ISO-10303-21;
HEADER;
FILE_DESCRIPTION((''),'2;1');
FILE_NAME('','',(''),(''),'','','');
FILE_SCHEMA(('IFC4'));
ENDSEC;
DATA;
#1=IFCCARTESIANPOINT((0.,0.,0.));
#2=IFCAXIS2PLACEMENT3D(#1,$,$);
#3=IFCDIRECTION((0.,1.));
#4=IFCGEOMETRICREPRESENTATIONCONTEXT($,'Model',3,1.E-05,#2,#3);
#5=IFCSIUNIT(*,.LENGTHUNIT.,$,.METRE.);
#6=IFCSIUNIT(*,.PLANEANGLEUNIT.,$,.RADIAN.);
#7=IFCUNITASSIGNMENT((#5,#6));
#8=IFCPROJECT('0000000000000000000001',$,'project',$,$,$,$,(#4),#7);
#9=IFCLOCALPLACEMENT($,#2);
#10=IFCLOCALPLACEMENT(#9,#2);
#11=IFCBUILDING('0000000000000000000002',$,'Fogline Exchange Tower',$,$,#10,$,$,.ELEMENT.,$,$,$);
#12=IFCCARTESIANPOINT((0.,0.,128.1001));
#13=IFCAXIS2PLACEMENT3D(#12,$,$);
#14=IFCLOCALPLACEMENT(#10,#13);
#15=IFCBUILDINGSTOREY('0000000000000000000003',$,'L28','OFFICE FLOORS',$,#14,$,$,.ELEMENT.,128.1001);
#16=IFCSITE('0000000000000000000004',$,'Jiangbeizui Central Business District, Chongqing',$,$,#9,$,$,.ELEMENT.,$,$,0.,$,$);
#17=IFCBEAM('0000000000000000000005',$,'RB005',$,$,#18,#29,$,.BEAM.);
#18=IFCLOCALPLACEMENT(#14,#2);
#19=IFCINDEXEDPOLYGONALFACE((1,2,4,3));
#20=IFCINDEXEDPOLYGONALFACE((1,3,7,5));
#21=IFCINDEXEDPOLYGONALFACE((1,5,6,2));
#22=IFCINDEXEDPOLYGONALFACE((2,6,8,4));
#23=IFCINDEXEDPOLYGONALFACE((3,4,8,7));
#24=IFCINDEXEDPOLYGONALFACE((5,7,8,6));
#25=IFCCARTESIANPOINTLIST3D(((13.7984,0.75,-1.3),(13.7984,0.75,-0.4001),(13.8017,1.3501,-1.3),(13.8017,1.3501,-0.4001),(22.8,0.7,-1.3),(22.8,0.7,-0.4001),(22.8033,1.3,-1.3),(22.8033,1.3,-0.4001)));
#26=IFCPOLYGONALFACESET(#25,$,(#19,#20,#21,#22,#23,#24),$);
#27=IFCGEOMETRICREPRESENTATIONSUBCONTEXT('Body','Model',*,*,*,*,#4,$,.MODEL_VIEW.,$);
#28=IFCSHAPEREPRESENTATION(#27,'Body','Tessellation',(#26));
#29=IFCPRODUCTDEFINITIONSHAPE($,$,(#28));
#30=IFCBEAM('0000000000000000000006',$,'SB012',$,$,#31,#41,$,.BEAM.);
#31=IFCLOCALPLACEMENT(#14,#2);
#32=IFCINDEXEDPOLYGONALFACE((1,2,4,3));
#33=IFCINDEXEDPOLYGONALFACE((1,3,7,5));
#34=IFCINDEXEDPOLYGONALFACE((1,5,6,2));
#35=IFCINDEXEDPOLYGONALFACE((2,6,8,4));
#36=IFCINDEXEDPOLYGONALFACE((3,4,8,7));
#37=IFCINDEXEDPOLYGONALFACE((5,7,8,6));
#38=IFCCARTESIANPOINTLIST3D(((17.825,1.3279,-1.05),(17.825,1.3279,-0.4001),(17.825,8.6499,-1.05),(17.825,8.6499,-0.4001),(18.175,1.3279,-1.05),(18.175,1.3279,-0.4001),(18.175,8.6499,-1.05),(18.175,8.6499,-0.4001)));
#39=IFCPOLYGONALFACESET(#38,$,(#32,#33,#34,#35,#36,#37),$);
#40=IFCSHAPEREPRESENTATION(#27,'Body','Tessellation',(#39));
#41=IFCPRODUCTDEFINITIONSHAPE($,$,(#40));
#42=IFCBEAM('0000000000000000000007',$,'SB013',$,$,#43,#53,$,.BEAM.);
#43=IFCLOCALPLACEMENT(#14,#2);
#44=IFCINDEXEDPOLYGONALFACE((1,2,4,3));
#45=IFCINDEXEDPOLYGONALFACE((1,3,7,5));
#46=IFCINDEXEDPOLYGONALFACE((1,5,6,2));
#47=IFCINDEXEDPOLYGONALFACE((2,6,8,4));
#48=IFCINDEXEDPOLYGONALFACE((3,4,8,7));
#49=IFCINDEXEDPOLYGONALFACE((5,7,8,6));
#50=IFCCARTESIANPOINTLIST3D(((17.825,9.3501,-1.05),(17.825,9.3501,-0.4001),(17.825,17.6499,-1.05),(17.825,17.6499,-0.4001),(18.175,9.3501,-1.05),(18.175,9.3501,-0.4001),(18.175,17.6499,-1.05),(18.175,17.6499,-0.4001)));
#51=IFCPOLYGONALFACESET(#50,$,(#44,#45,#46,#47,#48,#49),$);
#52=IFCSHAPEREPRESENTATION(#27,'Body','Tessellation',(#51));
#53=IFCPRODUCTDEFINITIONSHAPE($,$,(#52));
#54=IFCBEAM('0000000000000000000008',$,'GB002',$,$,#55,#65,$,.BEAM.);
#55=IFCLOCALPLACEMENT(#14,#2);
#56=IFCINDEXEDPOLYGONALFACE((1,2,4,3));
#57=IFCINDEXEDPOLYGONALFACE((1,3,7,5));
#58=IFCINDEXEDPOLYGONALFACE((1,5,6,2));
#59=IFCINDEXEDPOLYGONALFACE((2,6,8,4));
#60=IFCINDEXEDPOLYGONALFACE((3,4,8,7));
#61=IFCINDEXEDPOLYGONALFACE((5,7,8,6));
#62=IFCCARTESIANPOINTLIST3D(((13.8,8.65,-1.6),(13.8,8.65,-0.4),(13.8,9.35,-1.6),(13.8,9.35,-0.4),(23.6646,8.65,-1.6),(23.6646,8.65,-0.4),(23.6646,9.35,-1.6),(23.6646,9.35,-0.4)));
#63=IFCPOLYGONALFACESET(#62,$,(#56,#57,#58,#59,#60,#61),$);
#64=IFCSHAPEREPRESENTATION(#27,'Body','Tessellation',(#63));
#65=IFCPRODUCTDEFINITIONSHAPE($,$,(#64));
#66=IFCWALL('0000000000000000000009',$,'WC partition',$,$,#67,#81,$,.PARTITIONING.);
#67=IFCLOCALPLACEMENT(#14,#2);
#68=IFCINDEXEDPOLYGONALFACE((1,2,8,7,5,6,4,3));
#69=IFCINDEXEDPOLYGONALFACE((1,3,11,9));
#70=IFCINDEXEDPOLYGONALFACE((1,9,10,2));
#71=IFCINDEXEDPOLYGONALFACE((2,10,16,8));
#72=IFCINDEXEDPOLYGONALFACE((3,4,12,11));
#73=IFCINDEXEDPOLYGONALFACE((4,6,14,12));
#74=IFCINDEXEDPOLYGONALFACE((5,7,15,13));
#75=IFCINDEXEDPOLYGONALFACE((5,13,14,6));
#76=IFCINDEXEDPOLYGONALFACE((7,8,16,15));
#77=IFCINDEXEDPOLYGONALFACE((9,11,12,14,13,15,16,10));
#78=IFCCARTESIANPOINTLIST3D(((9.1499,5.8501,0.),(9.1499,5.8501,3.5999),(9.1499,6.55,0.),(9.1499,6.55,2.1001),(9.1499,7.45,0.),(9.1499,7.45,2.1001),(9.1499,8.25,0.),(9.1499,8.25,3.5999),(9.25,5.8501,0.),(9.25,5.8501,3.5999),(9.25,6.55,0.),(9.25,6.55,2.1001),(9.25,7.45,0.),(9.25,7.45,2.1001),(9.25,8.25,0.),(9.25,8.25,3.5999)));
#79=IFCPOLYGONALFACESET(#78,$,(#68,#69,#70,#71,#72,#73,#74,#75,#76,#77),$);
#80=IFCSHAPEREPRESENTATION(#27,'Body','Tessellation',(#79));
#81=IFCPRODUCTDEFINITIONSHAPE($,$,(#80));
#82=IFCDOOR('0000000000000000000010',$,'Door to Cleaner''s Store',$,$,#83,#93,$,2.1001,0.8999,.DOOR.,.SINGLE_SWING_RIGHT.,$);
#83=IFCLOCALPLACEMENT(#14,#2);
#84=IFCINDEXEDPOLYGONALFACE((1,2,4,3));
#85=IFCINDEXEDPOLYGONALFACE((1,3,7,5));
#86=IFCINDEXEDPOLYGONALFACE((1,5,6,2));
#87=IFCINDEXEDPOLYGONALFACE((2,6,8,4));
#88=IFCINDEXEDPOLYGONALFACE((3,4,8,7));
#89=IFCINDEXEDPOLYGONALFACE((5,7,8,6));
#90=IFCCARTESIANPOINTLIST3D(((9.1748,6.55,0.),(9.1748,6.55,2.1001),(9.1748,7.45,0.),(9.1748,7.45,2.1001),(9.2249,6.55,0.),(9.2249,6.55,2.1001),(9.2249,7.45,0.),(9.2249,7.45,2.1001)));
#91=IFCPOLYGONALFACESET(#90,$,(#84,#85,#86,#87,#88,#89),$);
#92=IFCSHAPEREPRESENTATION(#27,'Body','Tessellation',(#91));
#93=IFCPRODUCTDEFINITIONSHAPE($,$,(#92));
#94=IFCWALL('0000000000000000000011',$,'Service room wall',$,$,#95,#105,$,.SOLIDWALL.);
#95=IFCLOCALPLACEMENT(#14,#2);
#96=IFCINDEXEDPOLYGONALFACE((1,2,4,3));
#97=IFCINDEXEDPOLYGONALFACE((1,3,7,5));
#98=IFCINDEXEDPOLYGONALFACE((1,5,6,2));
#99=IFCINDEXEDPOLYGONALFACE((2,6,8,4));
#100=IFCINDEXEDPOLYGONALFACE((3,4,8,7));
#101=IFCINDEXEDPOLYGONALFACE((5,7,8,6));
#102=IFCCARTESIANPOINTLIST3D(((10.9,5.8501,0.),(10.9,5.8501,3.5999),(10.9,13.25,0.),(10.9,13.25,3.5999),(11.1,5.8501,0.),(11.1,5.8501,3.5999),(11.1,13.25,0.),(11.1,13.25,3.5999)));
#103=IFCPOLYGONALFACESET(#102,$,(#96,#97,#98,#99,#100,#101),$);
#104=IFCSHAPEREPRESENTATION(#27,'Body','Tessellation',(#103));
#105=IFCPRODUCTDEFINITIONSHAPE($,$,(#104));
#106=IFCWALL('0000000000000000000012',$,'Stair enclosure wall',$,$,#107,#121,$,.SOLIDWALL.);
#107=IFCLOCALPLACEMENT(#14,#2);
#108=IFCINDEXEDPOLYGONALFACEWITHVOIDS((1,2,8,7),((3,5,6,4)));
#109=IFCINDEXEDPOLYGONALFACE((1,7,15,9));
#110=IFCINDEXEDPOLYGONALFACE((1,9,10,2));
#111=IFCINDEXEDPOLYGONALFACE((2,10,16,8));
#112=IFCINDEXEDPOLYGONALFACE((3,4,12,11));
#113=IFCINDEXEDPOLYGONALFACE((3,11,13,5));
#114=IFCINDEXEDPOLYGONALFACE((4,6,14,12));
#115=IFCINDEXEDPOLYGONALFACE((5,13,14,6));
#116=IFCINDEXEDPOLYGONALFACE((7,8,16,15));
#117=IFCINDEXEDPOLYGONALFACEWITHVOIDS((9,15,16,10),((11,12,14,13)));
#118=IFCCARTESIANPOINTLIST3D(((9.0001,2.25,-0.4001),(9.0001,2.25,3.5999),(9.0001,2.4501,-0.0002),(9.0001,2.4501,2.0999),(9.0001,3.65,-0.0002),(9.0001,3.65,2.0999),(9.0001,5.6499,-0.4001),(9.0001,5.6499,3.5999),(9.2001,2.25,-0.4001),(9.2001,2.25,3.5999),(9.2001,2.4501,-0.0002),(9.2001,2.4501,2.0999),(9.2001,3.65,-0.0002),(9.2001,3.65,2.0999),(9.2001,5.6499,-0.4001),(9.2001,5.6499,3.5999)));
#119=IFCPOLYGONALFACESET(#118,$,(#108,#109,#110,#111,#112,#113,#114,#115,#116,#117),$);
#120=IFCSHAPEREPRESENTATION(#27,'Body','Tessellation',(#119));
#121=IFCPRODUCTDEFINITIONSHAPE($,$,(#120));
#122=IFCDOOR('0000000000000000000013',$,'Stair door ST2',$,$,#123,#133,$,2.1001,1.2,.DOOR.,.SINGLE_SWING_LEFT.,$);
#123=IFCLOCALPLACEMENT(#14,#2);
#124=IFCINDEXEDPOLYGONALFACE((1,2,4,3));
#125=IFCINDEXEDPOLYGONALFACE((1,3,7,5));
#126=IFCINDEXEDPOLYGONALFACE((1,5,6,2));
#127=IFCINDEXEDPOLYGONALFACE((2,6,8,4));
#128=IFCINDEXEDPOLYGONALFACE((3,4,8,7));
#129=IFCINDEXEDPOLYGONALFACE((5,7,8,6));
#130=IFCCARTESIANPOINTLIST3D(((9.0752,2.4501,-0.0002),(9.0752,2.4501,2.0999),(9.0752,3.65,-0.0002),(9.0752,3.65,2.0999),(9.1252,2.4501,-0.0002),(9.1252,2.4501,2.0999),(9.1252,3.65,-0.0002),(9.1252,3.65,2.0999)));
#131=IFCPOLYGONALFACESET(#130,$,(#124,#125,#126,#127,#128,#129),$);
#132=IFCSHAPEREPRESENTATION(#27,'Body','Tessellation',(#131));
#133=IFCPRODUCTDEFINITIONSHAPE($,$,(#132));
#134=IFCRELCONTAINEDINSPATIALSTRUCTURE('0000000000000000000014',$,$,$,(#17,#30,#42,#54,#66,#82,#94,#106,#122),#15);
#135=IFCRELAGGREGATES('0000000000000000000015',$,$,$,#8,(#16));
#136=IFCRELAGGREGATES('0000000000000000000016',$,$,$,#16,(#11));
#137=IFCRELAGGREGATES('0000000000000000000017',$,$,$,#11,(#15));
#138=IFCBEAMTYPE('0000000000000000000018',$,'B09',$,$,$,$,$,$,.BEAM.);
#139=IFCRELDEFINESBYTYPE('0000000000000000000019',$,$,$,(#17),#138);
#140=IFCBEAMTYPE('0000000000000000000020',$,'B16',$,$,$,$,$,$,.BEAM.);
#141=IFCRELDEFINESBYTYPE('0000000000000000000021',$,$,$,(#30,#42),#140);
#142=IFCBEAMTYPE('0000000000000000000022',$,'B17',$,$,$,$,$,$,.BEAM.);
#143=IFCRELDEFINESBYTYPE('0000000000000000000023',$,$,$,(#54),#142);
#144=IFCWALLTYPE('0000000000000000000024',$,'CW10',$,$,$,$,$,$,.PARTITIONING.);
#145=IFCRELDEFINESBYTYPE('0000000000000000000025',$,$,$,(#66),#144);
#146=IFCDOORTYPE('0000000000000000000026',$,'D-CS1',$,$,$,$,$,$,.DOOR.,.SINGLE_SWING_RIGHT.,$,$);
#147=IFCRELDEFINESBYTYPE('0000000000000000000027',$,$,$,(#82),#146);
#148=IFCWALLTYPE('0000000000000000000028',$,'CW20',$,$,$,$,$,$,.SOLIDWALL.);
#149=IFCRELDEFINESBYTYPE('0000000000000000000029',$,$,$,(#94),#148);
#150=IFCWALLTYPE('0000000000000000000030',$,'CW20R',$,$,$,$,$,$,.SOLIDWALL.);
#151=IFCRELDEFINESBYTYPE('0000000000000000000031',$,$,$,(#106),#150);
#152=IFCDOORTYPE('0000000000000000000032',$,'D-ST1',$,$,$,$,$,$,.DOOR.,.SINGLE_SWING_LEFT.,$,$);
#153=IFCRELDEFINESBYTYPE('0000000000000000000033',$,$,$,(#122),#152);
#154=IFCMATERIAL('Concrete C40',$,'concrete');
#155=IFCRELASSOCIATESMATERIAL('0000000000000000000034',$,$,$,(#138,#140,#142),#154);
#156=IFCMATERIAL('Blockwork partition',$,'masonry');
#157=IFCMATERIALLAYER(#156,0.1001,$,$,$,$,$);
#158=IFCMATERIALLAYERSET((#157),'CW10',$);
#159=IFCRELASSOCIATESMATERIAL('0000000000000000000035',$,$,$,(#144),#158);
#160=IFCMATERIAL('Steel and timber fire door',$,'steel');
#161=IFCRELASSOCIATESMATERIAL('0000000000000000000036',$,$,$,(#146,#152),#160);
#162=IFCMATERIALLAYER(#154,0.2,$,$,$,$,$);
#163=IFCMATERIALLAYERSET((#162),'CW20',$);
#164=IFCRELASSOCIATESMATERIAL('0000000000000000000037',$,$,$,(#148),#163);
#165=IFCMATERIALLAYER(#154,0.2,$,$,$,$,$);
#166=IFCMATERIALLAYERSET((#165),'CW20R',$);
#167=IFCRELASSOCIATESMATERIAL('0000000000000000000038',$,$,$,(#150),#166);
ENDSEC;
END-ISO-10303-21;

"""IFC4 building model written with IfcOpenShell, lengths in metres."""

from ifc_helpers import new_model, si_unit, direction, frame, frame_2d, origin, origin_2d, place, context, subcontext, project, spatial, rectangle, extrude, material, layer, layer_set, material_profile, profile_set, type_object, element, fill, save


model = new_model("IFC4")

# Units and contexts
model_context = context("Model", 3, precision=1e-05, world=origin(), true_north=direction((0.0, 1.0)))
body_context = subcontext(model_context, "Body", "Model", "MODEL_VIEW")
ifc_project = project(units=[si_unit("LENGTHUNIT", "METRE"), si_unit("PLANEANGLEUNIT", "RADIAN")], contexts=[model_context])

# Site, building, storey
site_placement = place(None, origin())
site = spatial("IfcSite", under=ifc_project, at=site_placement, Name="Jiangbeizui Central Business District, Chongqing", CompositionType="ELEMENT", RefElevation=0.0)
building_placement = place(site_placement, origin())
building = spatial("IfcBuilding", under=site, at=building_placement, Name="Fogline Exchange Tower", CompositionType="ELEMENT")
storey_placement = place(building_placement, frame((0.0, 0.0, 128.1001)))
storey = spatial("IfcBuildingStorey", under=building, at=storey_placement, Name="L28", Description="OFFICE FLOORS", CompositionType="ELEMENT", Elevation=128.1001)

# Beams
ifc_material_1 = material(Name="Concrete C40", Category="concrete")
ifc_material_profile_1 = material_profile(ifc_material_1, rectangle(XDim=0.6001, YDim=0.8999, at=origin_2d()), Name="RC 600x900")
ifc_profile_set_1 = profile_set([ifc_material_profile_1], Name="Concrete C40")
beam_type_1 = type_object("IfcBeamType", Name="B09", PredefinedType="BEAM", material=ifc_profile_set_1)
beam_1_placement = place(storey_placement, frame((13.8, 1.05, -0.8501), z_axis=(0.999985, -0.00556, 0.0), x_axis=(0.00556, 0.999985, 0.0)))
element("IfcBeam", 1, at=beam_1_placement, inside=storey, type_object=beam_type_1, Name="RB005", PredefinedType="BEAM", context=body_context, shape_type="SweptSolid", body=[
    extrude(rectangle(XDim=0.6001, YDim=0.8999, at=origin_2d()), origin(), (0.0, 0.0, 1.0), 9.0017),
])
ifc_material_profile_2 = material_profile(ifc_material_1, rectangle(XDim=0.3501, YDim=0.6499, at=origin_2d()), Name="RC 350x650")
ifc_profile_set_2 = profile_set([ifc_material_profile_2], Name="Concrete C40")
beam_type_2 = type_object("IfcBeamType", Name="B16", PredefinedType="BEAM", material=ifc_profile_set_2)
beam_2_placement = place(storey_placement, frame((18.0, 1.3279, -0.7251), z_axis=(0.0, 1.0, 0.0), x_axis=(-1.0, 0.0, 0.0)))
element("IfcBeam", 2, at=beam_2_placement, inside=storey, type_object=beam_type_2, Name="SB012", PredefinedType="BEAM", context=body_context, shape_type="SweptSolid", body=[
    extrude(rectangle(XDim=0.3501, YDim=0.6499, at=origin_2d()), origin(), (0.0, 0.0, 1.0), 7.322),
])
beam_3_placement = place(storey_placement, frame((18.0, 9.3501, -0.7251), z_axis=(0.0, 1.0, 0.0), x_axis=(-1.0, 0.0, 0.0)))
element("IfcBeam", 3, at=beam_3_placement, inside=storey, type_object=beam_type_2, Name="SB013", PredefinedType="BEAM", context=body_context, shape_type="SweptSolid", body=[
    extrude(rectangle(XDim=0.3501, YDim=0.6499, at=origin_2d()), origin(), (0.0, 0.0, 1.0), 8.2998),
])
ifc_material_profile_3 = material_profile(ifc_material_1, rectangle(XDim=0.7, YDim=1.2, at=origin_2d()), Name="RC 700x1200")
ifc_profile_set_3 = profile_set([ifc_material_profile_3], Name="Concrete C40")
beam_type_3 = type_object("IfcBeamType", Name="B17", PredefinedType="BEAM", material=ifc_profile_set_3)
beam_4_placement = place(storey_placement, frame((13.8, 9.0, -1.0), z_axis=(1.0, 0.0, 0.0), x_axis=(0.0, 1.0, 0.0)))
element("IfcBeam", 4, at=beam_4_placement, inside=storey, type_object=beam_type_3, Name="GB002", PredefinedType="BEAM", context=body_context, shape_type="SweptSolid", body=[
    extrude(rectangle(XDim=0.7, YDim=1.2, at=origin_2d()), origin(), (0.0, 0.0, 1.0), 9.8645),
])

# Wall, opening, door
ifc_material_2 = material(Name="Blockwork partition", Category="masonry")
ifc_layer_1 = layer(ifc_material_2, 0.1001)
ifc_layer_set_1 = layer_set([ifc_layer_1], Name="CW10")
wall_type_1 = type_object("IfcWallType", Name="CW10", PredefinedType="PARTITIONING", material=ifc_layer_set_1)
wall_1_placement = place(storey_placement, frame((9.2, 5.8501, 0.0), z_axis=(0.0, 0.0, 1.0), x_axis=(0.0, 1.0, 0.0)))
wall_1 = element("IfcWall", 5, at=wall_1_placement, inside=storey, type_object=wall_type_1, Name="WC partition", PredefinedType="PARTITIONING", context=body_context, shape_type="SweptSolid", body=[
    extrude(rectangle(XDim=2.3999, YDim=0.1001, at=frame_2d((1.2, 0.0))), origin(), (0.0, 0.0, 1.0), 3.5999),
])
opening_1_placement = place(wall_1_placement, frame((0.7, 0.0, 0.0)))
opening_1 = element("IfcOpeningElement", 6, at=opening_1_placement, cuts=wall_1, PredefinedType="OPENING", context=body_context, shape_type="SweptSolid", body=[
    extrude(rectangle(XDim=0.8999, YDim=2.1001, at=frame_2d((0.45, 1.05))), frame((0.0, 0.0601, 0.0), z_axis=(0.0, -1.0, 0.0), x_axis=(1.0, 0.0, 0.0)), (0.0, 0.0, 1.0), 0.1201),
])
ifc_material_3 = material(Name="Steel and timber fire door", Category="steel")
door_type_1 = type_object("IfcDoorType", Name="D-CS1", OperationType="SINGLE_SWING_RIGHT", PredefinedType="DOOR", material=ifc_material_3)
door_1_placement = place(opening_1_placement, frame((0.8999, 0.0, 0.0), z_axis=(0.0, 0.0, 1.0), x_axis=(-1.0, 0.0, 0.0)))
door_1 = element("IfcDoor", 7, at=door_1_placement, inside=storey, type_object=door_type_1, Name="Door to Cleaner's Store", OperationType="SINGLE_SWING_RIGHT", OverallHeight=2.1001, OverallWidth=0.8999, PredefinedType="DOOR", context=body_context, shape_type="SweptSolid", body=[
    extrude(rectangle(XDim=0.8999, YDim=2.1001, at=frame_2d((0.45, 1.05))), frame((0.0, 0.0249, 0.0), z_axis=(0.0, -1.0, 0.0), x_axis=(1.0, 0.0, 0.0)), (0.0, 0.0, 1.0), 0.05),
])
fill(opening_1, door_1)

# Wall
ifc_layer_2 = layer(ifc_material_1, 0.2)
ifc_layer_set_2 = layer_set([ifc_layer_2], Name="CW20")
wall_type_2 = type_object("IfcWallType", Name="CW20", PredefinedType="SOLIDWALL", material=ifc_layer_set_2)
wall_2_placement = place(storey_placement, frame((11.0, 5.8501, 0.0), z_axis=(0.0, 0.0, 1.0), x_axis=(0.0, 1.0, 0.0)))
element("IfcWall", 8, at=wall_2_placement, inside=storey, type_object=wall_type_2, Name="Service room wall", PredefinedType="SOLIDWALL", context=body_context, shape_type="SweptSolid", body=[
    extrude(rectangle(XDim=7.3999, YDim=0.2, at=frame_2d((3.7, 0.0))), origin(), (0.0, 0.0, 1.0), 3.5999),
])

# Wall, opening, door
ifc_layer_3 = layer(ifc_material_1, 0.2)
ifc_layer_set_3 = layer_set([ifc_layer_3], Name="CW20R")
wall_type_3 = type_object("IfcWallType", Name="CW20R", PredefinedType="SOLIDWALL", material=ifc_layer_set_3)
wall_3_placement = place(storey_placement, frame((9.1001, 2.25, -0.4001), z_axis=(0.0, 0.0, 1.0), x_axis=(0.0, 1.0, 0.0)))
wall_3 = element("IfcWall", 9, at=wall_3_placement, inside=storey, type_object=wall_type_3, Name="Stair enclosure wall", PredefinedType="SOLIDWALL", context=body_context, shape_type="SweptSolid", body=[
    extrude(rectangle(XDim=3.3999, YDim=0.2, at=frame_2d((1.7, 0.0))), origin(), (0.0, 0.0, 1.0), 4.0),
])
opening_2_placement = place(wall_3_placement, frame((0.2, 0.0, 0.3999)))
opening_2 = element("IfcOpeningElement", 10, at=opening_2_placement, cuts=wall_3, PredefinedType="OPENING", context=body_context, shape_type="SweptSolid", body=[
    extrude(rectangle(XDim=1.2, YDim=2.1001, at=frame_2d((0.6001, 1.05))), frame((0.0, 0.1099, 0.0), z_axis=(0.0, -1.0, 0.0), x_axis=(1.0, 0.0, 0.0)), (0.0, 0.0, 1.0), 0.22),
])
door_type_2 = type_object("IfcDoorType", Name="D-ST1", OperationType="SINGLE_SWING_LEFT", PredefinedType="DOOR", material=ifc_material_3)
door_2_placement = place(opening_2_placement, origin())
door_2 = element("IfcDoor", 11, at=door_2_placement, inside=storey, type_object=door_type_2, Name="Stair door ST2", OperationType="SINGLE_SWING_LEFT", OverallHeight=2.1001, OverallWidth=1.2, PredefinedType="DOOR", context=body_context, shape_type="SweptSolid", body=[
    extrude(rectangle(XDim=1.2, YDim=2.1001, at=frame_2d((0.6001, 1.05))), frame((0.0, 0.0249, 0.0), z_axis=(0.0, -1.0, 0.0), x_axis=(1.0, 0.0, 0.0)), (0.0, 0.0, 1.0), 0.05),
])
fill(opening_2, door_2)

save(model, "model.ifc")
